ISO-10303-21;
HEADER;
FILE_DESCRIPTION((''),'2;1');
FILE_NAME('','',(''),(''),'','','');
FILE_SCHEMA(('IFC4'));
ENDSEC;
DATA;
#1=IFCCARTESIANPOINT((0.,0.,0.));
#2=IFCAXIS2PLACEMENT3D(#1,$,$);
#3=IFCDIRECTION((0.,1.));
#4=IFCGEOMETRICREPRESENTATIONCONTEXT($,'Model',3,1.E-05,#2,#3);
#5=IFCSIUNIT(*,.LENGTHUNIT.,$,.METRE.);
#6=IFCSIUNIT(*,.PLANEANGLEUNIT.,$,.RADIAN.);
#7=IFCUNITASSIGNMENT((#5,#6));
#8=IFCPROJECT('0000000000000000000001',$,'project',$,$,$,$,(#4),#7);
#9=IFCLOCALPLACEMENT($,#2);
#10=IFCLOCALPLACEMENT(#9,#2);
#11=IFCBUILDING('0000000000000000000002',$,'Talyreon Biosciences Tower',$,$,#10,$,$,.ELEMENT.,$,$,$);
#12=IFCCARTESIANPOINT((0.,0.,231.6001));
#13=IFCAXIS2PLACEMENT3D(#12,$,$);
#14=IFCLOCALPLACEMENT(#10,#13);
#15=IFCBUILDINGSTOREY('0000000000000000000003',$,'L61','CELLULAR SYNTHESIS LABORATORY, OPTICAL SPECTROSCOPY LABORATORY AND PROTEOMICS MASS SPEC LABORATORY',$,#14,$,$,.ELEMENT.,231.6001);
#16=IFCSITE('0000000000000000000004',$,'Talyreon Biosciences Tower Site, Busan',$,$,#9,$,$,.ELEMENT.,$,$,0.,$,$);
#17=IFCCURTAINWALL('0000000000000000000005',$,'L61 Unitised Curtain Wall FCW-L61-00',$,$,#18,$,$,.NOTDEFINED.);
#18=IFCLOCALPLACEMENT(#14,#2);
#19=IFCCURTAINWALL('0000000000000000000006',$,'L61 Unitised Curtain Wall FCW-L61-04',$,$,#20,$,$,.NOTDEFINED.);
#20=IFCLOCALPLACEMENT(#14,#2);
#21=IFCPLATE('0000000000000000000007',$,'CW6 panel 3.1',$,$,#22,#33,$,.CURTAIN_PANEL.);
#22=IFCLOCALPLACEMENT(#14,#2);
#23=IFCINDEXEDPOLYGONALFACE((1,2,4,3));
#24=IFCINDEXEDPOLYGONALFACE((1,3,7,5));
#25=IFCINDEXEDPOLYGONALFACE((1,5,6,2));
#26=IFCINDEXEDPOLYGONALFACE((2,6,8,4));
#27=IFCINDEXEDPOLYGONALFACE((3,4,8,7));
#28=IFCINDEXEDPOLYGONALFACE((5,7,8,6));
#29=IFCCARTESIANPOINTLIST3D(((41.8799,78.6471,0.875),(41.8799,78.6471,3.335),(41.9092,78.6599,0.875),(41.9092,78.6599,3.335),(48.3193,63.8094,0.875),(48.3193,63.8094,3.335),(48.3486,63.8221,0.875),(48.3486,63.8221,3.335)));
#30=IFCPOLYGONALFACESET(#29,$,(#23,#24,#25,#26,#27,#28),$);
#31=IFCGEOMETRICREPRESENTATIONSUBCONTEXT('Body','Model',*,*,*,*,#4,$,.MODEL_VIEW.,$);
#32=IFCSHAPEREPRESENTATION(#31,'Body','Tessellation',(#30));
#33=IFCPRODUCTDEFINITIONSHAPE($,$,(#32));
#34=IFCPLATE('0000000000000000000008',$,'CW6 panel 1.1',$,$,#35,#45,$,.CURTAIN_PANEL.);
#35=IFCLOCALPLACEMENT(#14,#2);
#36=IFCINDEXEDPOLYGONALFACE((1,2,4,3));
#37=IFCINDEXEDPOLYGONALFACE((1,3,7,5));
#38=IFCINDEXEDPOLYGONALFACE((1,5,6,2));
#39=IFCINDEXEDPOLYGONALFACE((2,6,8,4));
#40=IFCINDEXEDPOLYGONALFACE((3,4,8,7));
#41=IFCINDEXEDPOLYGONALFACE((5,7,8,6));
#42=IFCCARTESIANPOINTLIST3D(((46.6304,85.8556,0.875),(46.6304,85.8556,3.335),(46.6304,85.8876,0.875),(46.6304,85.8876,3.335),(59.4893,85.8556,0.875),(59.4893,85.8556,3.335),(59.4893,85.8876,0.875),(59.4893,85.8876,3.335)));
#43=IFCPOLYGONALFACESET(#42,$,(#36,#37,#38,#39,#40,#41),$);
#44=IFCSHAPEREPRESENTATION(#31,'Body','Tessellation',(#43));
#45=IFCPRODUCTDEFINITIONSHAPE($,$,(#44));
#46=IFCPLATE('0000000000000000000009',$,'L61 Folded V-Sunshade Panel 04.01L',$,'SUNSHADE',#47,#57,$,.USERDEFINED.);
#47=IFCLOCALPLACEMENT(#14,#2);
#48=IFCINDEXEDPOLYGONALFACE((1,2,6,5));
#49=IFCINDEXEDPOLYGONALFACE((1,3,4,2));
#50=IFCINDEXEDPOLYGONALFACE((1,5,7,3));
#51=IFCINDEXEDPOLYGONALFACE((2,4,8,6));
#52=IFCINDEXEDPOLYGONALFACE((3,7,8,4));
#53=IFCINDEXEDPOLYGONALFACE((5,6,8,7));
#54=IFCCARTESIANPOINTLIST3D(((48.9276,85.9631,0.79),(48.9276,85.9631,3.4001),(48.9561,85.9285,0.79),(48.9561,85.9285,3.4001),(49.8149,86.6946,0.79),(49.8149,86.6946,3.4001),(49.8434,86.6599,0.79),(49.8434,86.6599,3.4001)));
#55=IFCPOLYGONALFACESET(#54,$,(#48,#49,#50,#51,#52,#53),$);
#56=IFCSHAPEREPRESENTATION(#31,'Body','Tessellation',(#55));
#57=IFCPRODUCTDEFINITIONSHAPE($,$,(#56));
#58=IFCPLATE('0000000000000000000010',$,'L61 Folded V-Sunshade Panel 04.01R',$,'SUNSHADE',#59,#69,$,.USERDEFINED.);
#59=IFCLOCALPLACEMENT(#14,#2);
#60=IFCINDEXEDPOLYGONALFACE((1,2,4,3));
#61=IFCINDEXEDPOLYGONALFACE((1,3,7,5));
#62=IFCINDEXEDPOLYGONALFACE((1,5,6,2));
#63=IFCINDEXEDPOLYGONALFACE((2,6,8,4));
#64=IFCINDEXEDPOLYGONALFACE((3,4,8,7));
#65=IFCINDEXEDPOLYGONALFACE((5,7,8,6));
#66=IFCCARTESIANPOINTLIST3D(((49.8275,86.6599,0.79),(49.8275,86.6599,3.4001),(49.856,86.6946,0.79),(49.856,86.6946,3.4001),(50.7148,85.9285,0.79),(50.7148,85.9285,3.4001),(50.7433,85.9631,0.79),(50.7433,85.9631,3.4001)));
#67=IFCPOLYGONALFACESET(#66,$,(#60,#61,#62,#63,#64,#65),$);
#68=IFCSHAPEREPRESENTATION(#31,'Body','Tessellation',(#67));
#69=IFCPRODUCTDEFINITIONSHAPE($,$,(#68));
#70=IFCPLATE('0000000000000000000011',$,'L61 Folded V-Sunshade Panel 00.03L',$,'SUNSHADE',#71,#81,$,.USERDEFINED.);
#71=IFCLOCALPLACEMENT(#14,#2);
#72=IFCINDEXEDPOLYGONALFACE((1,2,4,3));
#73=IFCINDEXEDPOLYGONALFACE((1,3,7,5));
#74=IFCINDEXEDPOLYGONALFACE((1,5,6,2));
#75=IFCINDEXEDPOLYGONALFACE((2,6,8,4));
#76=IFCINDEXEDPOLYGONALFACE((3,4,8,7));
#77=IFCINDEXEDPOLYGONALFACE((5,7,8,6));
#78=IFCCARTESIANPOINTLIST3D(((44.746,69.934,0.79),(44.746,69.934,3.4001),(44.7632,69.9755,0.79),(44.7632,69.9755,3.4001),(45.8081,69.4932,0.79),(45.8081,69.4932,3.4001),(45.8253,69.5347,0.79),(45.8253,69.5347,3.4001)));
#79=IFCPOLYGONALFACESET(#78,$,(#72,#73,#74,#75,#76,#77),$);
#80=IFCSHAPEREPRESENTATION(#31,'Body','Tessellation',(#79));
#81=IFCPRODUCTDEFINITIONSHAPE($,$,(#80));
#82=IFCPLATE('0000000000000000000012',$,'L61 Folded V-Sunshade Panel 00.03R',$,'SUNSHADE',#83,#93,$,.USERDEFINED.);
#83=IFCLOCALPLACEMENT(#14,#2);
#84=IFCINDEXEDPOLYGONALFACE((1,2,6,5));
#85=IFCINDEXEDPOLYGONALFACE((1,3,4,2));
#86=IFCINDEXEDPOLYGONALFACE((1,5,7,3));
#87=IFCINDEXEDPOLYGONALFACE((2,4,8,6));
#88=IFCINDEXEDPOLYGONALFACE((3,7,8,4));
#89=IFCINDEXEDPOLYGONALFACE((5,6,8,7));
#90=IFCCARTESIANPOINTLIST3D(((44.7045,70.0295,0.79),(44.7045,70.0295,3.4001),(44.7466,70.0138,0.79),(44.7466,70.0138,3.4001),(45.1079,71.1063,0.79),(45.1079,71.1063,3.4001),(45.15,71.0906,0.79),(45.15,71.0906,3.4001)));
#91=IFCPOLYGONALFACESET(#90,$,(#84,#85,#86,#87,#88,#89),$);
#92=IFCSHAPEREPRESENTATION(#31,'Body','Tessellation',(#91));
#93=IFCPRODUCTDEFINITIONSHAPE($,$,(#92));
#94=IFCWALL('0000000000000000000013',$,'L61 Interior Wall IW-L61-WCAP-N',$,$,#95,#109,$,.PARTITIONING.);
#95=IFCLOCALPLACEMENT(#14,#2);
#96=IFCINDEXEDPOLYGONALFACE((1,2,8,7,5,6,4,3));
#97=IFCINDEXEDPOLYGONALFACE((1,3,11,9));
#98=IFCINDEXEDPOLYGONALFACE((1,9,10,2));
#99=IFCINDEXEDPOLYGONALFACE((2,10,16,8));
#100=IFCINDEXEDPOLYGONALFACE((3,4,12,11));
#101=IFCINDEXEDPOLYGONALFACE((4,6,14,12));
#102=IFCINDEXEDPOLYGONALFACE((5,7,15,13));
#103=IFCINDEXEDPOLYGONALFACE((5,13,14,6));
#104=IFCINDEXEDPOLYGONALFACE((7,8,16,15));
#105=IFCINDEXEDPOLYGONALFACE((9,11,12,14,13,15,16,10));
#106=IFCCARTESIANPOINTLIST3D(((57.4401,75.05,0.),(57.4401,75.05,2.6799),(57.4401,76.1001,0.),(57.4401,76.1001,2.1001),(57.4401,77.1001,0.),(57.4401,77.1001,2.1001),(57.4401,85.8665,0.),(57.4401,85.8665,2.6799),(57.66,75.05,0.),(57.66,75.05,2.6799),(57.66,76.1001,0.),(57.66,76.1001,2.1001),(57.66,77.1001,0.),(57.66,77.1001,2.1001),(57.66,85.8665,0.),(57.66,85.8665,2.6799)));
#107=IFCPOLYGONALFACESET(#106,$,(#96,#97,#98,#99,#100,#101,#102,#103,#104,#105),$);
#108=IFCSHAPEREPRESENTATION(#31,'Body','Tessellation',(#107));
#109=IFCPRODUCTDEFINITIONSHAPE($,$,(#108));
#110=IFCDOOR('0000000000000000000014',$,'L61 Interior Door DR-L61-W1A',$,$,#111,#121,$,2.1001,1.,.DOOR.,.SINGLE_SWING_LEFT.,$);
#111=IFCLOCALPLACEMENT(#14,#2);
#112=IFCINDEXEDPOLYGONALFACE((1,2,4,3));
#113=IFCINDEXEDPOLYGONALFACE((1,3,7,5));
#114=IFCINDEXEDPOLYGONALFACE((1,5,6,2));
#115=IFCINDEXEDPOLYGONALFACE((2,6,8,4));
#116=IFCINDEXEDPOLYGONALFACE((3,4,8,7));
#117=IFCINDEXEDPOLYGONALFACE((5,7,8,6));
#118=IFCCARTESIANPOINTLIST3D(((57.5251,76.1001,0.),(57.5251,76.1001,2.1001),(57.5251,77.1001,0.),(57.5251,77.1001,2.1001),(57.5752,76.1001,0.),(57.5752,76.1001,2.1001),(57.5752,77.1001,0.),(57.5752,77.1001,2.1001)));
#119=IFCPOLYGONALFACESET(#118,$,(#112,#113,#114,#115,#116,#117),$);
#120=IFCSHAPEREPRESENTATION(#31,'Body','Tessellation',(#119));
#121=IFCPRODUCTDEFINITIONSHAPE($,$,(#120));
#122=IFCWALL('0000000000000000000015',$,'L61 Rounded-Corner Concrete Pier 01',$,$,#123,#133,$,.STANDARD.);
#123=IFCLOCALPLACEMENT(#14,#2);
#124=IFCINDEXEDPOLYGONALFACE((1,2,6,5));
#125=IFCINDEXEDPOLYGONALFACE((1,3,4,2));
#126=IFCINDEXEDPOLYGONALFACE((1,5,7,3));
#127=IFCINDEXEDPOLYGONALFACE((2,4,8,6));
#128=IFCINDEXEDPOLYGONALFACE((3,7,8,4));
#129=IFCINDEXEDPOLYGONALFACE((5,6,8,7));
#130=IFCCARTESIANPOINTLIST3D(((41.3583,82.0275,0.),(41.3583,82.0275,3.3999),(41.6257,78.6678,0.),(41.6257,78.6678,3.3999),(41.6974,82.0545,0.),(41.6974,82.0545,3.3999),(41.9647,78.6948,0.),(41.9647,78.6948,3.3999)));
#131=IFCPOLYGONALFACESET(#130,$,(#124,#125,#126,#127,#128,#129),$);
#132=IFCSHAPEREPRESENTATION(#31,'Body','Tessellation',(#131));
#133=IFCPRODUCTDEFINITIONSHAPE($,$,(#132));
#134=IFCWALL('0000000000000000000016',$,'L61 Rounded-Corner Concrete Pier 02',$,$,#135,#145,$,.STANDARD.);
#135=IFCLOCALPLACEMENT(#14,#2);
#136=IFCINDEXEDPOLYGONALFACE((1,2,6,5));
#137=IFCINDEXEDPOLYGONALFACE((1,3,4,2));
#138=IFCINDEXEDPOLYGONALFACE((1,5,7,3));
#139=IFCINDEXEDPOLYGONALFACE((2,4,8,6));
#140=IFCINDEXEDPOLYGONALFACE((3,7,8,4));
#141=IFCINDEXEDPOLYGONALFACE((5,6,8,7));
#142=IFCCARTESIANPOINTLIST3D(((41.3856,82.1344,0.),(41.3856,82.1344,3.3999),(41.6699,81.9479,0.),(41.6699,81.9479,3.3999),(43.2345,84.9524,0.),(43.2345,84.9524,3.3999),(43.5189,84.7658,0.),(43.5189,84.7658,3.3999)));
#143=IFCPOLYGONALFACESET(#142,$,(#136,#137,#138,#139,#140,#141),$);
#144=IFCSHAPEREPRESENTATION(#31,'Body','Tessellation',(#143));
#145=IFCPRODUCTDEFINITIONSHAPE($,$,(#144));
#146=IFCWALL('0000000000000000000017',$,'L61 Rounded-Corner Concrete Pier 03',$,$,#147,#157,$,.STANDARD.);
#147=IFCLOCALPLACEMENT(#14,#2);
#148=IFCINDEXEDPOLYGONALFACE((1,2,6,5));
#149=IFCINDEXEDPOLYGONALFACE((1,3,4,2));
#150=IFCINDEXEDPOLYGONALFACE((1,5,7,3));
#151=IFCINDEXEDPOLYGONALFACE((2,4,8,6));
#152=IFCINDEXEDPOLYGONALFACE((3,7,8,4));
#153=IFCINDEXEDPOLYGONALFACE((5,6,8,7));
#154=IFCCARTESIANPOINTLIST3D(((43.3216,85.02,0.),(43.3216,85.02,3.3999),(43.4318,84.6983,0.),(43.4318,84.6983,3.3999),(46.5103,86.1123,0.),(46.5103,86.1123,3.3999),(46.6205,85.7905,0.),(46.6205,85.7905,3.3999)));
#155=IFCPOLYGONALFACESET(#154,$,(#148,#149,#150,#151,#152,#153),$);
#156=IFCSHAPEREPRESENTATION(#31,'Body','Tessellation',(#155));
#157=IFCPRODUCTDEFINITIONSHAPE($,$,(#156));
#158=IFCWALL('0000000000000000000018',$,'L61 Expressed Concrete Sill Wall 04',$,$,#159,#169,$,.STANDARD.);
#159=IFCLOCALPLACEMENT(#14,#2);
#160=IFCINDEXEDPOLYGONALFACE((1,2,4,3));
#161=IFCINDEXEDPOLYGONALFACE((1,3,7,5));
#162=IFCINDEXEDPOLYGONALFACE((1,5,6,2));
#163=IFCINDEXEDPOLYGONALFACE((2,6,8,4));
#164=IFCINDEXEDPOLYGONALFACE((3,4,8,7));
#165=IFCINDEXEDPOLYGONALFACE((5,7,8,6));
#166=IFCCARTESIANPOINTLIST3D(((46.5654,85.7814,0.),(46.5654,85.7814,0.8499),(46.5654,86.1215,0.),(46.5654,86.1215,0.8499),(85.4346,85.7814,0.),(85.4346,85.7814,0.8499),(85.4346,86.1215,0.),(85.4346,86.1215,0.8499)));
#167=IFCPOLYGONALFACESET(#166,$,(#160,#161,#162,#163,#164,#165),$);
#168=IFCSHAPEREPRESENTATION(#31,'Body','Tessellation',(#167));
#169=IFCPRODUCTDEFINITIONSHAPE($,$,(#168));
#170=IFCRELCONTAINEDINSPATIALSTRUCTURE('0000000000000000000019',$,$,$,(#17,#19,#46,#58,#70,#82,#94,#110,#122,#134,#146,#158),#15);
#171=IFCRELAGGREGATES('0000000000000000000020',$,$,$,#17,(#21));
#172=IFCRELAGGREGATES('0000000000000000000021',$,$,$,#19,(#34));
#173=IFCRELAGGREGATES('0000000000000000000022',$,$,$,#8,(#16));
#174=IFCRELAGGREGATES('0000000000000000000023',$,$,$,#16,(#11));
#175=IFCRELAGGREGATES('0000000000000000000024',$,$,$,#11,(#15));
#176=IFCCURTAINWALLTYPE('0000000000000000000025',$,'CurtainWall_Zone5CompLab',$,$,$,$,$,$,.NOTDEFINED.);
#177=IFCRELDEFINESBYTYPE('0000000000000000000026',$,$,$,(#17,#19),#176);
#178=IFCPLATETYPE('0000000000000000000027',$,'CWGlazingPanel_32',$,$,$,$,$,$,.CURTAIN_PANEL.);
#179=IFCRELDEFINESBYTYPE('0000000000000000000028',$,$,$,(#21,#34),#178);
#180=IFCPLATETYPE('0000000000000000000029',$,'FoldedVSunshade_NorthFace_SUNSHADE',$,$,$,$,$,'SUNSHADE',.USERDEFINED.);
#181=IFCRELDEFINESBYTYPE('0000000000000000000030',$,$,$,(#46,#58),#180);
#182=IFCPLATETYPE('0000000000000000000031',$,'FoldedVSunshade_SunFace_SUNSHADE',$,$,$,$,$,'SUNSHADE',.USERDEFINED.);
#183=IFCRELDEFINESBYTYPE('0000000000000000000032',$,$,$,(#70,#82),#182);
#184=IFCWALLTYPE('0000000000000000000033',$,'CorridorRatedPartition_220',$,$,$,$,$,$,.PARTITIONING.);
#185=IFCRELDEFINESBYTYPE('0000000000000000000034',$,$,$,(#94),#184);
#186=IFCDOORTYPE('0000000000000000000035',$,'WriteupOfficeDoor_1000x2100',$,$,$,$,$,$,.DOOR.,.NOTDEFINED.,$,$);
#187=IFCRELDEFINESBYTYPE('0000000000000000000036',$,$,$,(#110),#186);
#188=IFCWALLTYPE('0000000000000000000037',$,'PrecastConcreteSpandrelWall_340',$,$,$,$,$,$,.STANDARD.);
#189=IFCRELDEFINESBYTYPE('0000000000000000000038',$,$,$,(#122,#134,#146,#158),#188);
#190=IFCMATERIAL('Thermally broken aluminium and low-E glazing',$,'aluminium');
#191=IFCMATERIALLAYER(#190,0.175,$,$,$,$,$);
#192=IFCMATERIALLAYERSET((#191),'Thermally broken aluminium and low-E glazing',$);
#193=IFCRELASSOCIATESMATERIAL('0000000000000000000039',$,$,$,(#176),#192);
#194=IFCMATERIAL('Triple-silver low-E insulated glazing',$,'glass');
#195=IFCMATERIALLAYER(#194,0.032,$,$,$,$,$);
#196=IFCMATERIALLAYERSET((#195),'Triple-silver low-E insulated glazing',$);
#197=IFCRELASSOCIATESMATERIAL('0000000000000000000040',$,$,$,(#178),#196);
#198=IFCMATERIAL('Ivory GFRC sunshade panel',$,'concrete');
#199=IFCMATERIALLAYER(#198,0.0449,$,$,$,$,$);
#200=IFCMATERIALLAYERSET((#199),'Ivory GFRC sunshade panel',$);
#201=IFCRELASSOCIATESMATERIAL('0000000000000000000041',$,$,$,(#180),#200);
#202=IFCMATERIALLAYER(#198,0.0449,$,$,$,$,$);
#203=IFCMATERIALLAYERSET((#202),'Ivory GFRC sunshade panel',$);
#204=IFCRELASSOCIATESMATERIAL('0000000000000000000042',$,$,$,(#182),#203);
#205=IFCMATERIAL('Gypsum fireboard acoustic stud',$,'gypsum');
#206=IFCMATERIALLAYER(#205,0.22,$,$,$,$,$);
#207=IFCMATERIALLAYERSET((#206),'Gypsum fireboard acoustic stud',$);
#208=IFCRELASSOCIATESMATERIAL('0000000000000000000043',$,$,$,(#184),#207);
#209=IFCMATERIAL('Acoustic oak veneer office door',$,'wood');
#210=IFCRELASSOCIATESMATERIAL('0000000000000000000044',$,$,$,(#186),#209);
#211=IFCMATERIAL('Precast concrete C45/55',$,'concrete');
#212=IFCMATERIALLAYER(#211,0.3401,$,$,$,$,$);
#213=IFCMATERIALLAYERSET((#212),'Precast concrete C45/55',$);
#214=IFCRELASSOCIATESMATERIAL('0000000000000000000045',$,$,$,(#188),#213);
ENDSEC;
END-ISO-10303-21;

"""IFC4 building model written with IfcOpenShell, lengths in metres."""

from ifc_helpers import new_model, si_unit, direction, frame, frame_2d, origin, origin_2d, place, context, subcontext, project, spatial, rectangle, extrude, material, layer, layer_set, type_object, element, fill, aggregate, save


model = new_model("IFC4")

# Units and contexts
model_context = context("Model", 3, precision=1e-05, world=origin(), true_north=direction((0.0, 1.0)))
body_context = subcontext(model_context, "Body", "Model", "MODEL_VIEW")
ifc_project = project(units=[si_unit("LENGTHUNIT", "METRE"), si_unit("PLANEANGLEUNIT", "RADIAN")], contexts=[model_context])

# Site, building, storey
site_placement = place(None, origin())
site = spatial("IfcSite", under=ifc_project, at=site_placement, Name="Talyreon Biosciences Tower Site, Busan", CompositionType="ELEMENT", RefElevation=0.0)
building_placement = place(site_placement, origin())
building = spatial("IfcBuilding", under=site, at=building_placement, Name="Talyreon Biosciences Tower", CompositionType="ELEMENT")
storey_placement = place(building_placement, frame((0.0, 0.0, 231.6001)))
storey = spatial("IfcBuildingStorey", under=building, at=storey_placement, Name="L61", Description="CELLULAR SYNTHESIS LABORATORY, OPTICAL SPECTROSCOPY LABORATORY AND PROTEOMICS MASS SPEC LABORATORY", CompositionType="ELEMENT", Elevation=231.6001)

# Curtain wall
ifc_material_1 = material(Name="Thermally broken aluminium and low-E glazing", Category="aluminium")
ifc_layer_1 = layer(ifc_material_1, 0.175)
ifc_layer_set_1 = layer_set([ifc_layer_1], Name="Thermally broken aluminium and low-E glazing")
curtain_wall_type = type_object("IfcCurtainWallType", Name="CurtainWall_Zone5CompLab", PredefinedType="NOTDEFINED", material=ifc_layer_set_1)
curtain_wall_1_placement = place(storey_placement, origin())
curtain_wall_1 = element("IfcCurtainWall", 1, at=curtain_wall_1_placement, inside=storey, type_object=curtain_wall_type, Name="L61 Unitised Curtain Wall FCW-L61-00", PredefinedType="NOTDEFINED")

# Curtain wall
curtain_wall_2_placement = place(storey_placement, origin())
curtain_wall_2 = element("IfcCurtainWall", 2, at=curtain_wall_2_placement, inside=storey, type_object=curtain_wall_type, Name="L61 Unitised Curtain Wall FCW-L61-04", PredefinedType="NOTDEFINED")

# Shared definitions
ifc_material_2 = material(Name="Precast concrete C45/55", Category="concrete")

# Plates
ifc_material_3 = material(Name="Triple-silver low-E insulated glazing", Category="glass")
ifc_layer_2 = layer(ifc_material_3, 0.032)
ifc_layer_set_2 = layer_set([ifc_layer_2], Name="Triple-silver low-E insulated glazing")
plate_type_1 = type_object("IfcPlateType", Name="CWGlazingPanel_32", PredefinedType="CURTAIN_PANEL", material=ifc_layer_set_2)
plate_1_placement = place(storey_placement, frame((45.1143, 71.2346, 0.875), z_axis=(0.0, 0.0, 1.0), x_axis=(-0.398112, 0.917337, 0.0)))
plate_1 = element("IfcPlate", 3, at=plate_1_placement, type_object=plate_type_1, Name="CW6 panel 3.1", PredefinedType="CURTAIN_PANEL", context=body_context, shape_type="SweptSolid", body=[
    extrude(rectangle(XDim=16.1748, YDim=0.032, at=origin_2d()), origin(), (0.0, 0.0, 1.0), 2.46),
])
aggregate(curtain_wall_1, [plate_1])
plate_2_placement = place(storey_placement, frame((53.0598, 85.8716, 0.875), z_axis=(0.0, 0.0, 1.0), x_axis=(1.0, 0.0, 0.0)))
plate_2 = element("IfcPlate", 4, at=plate_2_placement, type_object=plate_type_1, Name="CW6 panel 1.1", PredefinedType="CURTAIN_PANEL", context=body_context, shape_type="SweptSolid", body=[
    extrude(rectangle(XDim=12.8589, YDim=0.032, at=origin_2d()), origin(), (0.0, 0.0, 1.0), 2.46),
])
aggregate(curtain_wall_2, [plate_2])

# Plates
ifc_material_4 = material(Name="Ivory GFRC sunshade panel", Category="concrete")
ifc_layer_3 = layer(ifc_material_4, 0.0449)
ifc_layer_set_3 = layer_set([ifc_layer_3], Name="Ivory GFRC sunshade panel")
plate_type_2 = type_object("IfcPlateType", Name="FoldedVSunshade_NorthFace_SUNSHADE", ElementType="SUNSHADE", PredefinedType="USERDEFINED", material=ifc_layer_set_3)
for number, where, z_axis, x_axis, name in (
    (5, (49.3855, 86.3115, 0.79), (0.0, 0.0, 1.0), (0.771625, 0.636078, 0.0), "L61 Folded V-Sunshade Panel 04.01L"),
    (6, (50.2854, 86.3115, 0.79), (0.0, 0.0, 1.0), (0.771625, -0.636078, 0.0), "L61 Folded V-Sunshade Panel 04.01R"),
):
    element("IfcPlate", number, at=place(storey_placement, frame(where, z_axis=z_axis, x_axis=x_axis)), inside=storey, type_object=plate_type_2, Name=name, ObjectType="SUNSHADE", PredefinedType="USERDEFINED", context=body_context, shape_type="SweptSolid", body=[
        extrude(rectangle(XDim=1.1499, YDim=0.0449, at=origin_2d()), origin(), (0.0, 0.0, 1.0), 2.6101),
    ])
ifc_layer_4 = layer(ifc_material_4, 0.0449)
ifc_layer_set_4 = layer_set([ifc_layer_4], Name="Ivory GFRC sunshade panel")
plate_type_3 = type_object("IfcPlateType", Name="FoldedVSunshade_SunFace_SUNSHADE", ElementType="SUNSHADE", PredefinedType="USERDEFINED", material=ifc_layer_set_4)
for number, where, z_axis, x_axis, name in (
    (7, (45.2856, 69.7344, 0.79), (0.0, 0.0, 1.0), (-0.923612, 0.383328, 0.0), "L61 Folded V-Sunshade Panel 00.03L"),
    (8, (44.9272, 70.5601, 0.79), (0.0, 0.0, 1.0), (0.350861, 0.936427, 0.0), "L61 Folded V-Sunshade Panel 00.03R"),
):
    element("IfcPlate", number, at=place(storey_placement, frame(where, z_axis=z_axis, x_axis=x_axis)), inside=storey, type_object=plate_type_3, Name=name, ObjectType="SUNSHADE", PredefinedType="USERDEFINED", context=body_context, shape_type="SweptSolid", body=[
        extrude(rectangle(XDim=1.1499, YDim=0.0449, at=origin_2d()), origin(), (0.0, 0.0, 1.0), 2.6101),
    ])

# Wall, opening, door
ifc_material_5 = material(Name="Gypsum fireboard acoustic stud", Category="gypsum")
ifc_layer_5 = layer(ifc_material_5, 0.22)
ifc_layer_set_5 = layer_set([ifc_layer_5], Name="Gypsum fireboard acoustic stud")
wall_type_1 = type_object("IfcWallType", Name="CorridorRatedPartition_220", PredefinedType="PARTITIONING", material=ifc_layer_set_5)
wall_1_placement = place(storey_placement, frame((57.55, 75.05, 0.0), z_axis=(0.0, 0.0, 1.0), x_axis=(0.0, 1.0, 0.0)))
wall_1 = element("IfcWall", 9, at=wall_1_placement, inside=storey, type_object=wall_type_1, Name="L61 Interior Wall IW-L61-WCAP-N", PredefinedType="PARTITIONING", context=body_context, shape_type="SweptSolid", body=[
    extrude(rectangle(XDim=10.8164, YDim=0.22, at=frame_2d((5.4082, 0.0))), origin(), (0.0, 0.0, 1.0), 2.6799),
])
opening_placement = place(wall_1_placement, frame((1.05, 0.0, 0.0)))
opening = element("IfcOpeningElement", 10, at=opening_placement, cuts=wall_1, PredefinedType="OPENING", context=body_context, shape_type="SweptSolid", body=[
    extrude(rectangle(XDim=1.0, YDim=2.1001, at=frame_2d((0.5, 1.05))), frame((0.0, 0.1199, 0.0), z_axis=(0.0, -1.0, 0.0), x_axis=(1.0, 0.0, 0.0)), (0.0, 0.0, 1.0), 0.24),
])
ifc_material_6 = material(Name="Acoustic oak veneer office door", Category="wood")
door_type = type_object("IfcDoorType", Name="WriteupOfficeDoor_1000x2100", OperationType="NOTDEFINED", PredefinedType="DOOR", material=ifc_material_6)
door_placement = place(opening_placement, origin())
door = element("IfcDoor", 11, at=door_placement, inside=storey, type_object=door_type, Name="L61 Interior Door DR-L61-W1A", OperationType="SINGLE_SWING_LEFT", OverallHeight=2.1001, OverallWidth=1.0, PredefinedType="DOOR", context=body_context, shape_type="SweptSolid", body=[
    extrude(rectangle(XDim=1.0, YDim=2.1001, at=frame_2d((0.5, 1.05))), frame((0.0, 0.0249, 0.0), z_axis=(0.0, -1.0, 0.0), x_axis=(1.0, 0.0, 0.0)), (0.0, 0.0, 1.0), 0.05),
])
fill(opening, door)

# Walls
ifc_layer_6 = layer(ifc_material_2, 0.3401)
ifc_layer_set_6 = layer_set([ifc_layer_6], Name="Precast concrete C45/55")
wall_type_2 = type_object("IfcWallType", Name="PrecastConcreteSpandrelWall_340", PredefinedType="STANDARD", material=ifc_layer_set_6)
for number, where, z_axis, x_axis, name in (
    (12, (41.7952, 78.6814, 0.0), (0.0, 0.0, 1.0), (-0.079316, 0.99685, 0.0), "L61 Rounded-Corner Concrete Pier 01"),
    (13, (41.5278, 82.0413, 0.0), (0.0, 0.0, 1.0), (0.548584, 0.836096, 0.0), "L61 Rounded-Corner Concrete Pier 02"),
):
    element("IfcWall", number, at=place(storey_placement, frame(where, z_axis=z_axis, x_axis=x_axis)), inside=storey, type_object=wall_type_2, Name=name, PredefinedType="STANDARD", context=body_context, shape_type="SweptSolid", body=[
        extrude(rectangle(XDim=3.3704, YDim=0.3401, at=frame_2d((1.6851, 0.0))), origin(), (0.0, 0.0, 1.0), 3.3999),
    ])
wall_2_placement = place(storey_placement, frame((43.3767, 84.8591, 0.0), z_axis=(0.0, 0.0, 1.0), x_axis=(0.946036, 0.324061, 0.0)))
element("IfcWall", 14, at=wall_2_placement, inside=storey, type_object=wall_type_2, Name="L61 Rounded-Corner Concrete Pier 03", PredefinedType="STANDARD", context=body_context, shape_type="SweptSolid", body=[
    extrude(rectangle(XDim=3.3706, YDim=0.3401, at=frame_2d((1.6853, 0.0))), origin(), (0.0, 0.0, 1.0), 3.3999),
])
wall_3_placement = place(storey_placement, frame((46.5654, 85.9514, 0.0), z_axis=(0.0, 0.0, 1.0), x_axis=(1.0, 0.0, 0.0)))
element("IfcWall", 15, at=wall_3_placement, inside=storey, type_object=wall_type_2, Name="L61 Expressed Concrete Sill Wall 04", PredefinedType="STANDARD", context=body_context, shape_type="SweptSolid", body=[
    extrude(rectangle(XDim=38.8691, YDim=0.3401, at=frame_2d((19.4346, 0.0))), origin(), (0.0, 0.0, 1.0), 0.8499),
])

save(model, "model.ifc")
